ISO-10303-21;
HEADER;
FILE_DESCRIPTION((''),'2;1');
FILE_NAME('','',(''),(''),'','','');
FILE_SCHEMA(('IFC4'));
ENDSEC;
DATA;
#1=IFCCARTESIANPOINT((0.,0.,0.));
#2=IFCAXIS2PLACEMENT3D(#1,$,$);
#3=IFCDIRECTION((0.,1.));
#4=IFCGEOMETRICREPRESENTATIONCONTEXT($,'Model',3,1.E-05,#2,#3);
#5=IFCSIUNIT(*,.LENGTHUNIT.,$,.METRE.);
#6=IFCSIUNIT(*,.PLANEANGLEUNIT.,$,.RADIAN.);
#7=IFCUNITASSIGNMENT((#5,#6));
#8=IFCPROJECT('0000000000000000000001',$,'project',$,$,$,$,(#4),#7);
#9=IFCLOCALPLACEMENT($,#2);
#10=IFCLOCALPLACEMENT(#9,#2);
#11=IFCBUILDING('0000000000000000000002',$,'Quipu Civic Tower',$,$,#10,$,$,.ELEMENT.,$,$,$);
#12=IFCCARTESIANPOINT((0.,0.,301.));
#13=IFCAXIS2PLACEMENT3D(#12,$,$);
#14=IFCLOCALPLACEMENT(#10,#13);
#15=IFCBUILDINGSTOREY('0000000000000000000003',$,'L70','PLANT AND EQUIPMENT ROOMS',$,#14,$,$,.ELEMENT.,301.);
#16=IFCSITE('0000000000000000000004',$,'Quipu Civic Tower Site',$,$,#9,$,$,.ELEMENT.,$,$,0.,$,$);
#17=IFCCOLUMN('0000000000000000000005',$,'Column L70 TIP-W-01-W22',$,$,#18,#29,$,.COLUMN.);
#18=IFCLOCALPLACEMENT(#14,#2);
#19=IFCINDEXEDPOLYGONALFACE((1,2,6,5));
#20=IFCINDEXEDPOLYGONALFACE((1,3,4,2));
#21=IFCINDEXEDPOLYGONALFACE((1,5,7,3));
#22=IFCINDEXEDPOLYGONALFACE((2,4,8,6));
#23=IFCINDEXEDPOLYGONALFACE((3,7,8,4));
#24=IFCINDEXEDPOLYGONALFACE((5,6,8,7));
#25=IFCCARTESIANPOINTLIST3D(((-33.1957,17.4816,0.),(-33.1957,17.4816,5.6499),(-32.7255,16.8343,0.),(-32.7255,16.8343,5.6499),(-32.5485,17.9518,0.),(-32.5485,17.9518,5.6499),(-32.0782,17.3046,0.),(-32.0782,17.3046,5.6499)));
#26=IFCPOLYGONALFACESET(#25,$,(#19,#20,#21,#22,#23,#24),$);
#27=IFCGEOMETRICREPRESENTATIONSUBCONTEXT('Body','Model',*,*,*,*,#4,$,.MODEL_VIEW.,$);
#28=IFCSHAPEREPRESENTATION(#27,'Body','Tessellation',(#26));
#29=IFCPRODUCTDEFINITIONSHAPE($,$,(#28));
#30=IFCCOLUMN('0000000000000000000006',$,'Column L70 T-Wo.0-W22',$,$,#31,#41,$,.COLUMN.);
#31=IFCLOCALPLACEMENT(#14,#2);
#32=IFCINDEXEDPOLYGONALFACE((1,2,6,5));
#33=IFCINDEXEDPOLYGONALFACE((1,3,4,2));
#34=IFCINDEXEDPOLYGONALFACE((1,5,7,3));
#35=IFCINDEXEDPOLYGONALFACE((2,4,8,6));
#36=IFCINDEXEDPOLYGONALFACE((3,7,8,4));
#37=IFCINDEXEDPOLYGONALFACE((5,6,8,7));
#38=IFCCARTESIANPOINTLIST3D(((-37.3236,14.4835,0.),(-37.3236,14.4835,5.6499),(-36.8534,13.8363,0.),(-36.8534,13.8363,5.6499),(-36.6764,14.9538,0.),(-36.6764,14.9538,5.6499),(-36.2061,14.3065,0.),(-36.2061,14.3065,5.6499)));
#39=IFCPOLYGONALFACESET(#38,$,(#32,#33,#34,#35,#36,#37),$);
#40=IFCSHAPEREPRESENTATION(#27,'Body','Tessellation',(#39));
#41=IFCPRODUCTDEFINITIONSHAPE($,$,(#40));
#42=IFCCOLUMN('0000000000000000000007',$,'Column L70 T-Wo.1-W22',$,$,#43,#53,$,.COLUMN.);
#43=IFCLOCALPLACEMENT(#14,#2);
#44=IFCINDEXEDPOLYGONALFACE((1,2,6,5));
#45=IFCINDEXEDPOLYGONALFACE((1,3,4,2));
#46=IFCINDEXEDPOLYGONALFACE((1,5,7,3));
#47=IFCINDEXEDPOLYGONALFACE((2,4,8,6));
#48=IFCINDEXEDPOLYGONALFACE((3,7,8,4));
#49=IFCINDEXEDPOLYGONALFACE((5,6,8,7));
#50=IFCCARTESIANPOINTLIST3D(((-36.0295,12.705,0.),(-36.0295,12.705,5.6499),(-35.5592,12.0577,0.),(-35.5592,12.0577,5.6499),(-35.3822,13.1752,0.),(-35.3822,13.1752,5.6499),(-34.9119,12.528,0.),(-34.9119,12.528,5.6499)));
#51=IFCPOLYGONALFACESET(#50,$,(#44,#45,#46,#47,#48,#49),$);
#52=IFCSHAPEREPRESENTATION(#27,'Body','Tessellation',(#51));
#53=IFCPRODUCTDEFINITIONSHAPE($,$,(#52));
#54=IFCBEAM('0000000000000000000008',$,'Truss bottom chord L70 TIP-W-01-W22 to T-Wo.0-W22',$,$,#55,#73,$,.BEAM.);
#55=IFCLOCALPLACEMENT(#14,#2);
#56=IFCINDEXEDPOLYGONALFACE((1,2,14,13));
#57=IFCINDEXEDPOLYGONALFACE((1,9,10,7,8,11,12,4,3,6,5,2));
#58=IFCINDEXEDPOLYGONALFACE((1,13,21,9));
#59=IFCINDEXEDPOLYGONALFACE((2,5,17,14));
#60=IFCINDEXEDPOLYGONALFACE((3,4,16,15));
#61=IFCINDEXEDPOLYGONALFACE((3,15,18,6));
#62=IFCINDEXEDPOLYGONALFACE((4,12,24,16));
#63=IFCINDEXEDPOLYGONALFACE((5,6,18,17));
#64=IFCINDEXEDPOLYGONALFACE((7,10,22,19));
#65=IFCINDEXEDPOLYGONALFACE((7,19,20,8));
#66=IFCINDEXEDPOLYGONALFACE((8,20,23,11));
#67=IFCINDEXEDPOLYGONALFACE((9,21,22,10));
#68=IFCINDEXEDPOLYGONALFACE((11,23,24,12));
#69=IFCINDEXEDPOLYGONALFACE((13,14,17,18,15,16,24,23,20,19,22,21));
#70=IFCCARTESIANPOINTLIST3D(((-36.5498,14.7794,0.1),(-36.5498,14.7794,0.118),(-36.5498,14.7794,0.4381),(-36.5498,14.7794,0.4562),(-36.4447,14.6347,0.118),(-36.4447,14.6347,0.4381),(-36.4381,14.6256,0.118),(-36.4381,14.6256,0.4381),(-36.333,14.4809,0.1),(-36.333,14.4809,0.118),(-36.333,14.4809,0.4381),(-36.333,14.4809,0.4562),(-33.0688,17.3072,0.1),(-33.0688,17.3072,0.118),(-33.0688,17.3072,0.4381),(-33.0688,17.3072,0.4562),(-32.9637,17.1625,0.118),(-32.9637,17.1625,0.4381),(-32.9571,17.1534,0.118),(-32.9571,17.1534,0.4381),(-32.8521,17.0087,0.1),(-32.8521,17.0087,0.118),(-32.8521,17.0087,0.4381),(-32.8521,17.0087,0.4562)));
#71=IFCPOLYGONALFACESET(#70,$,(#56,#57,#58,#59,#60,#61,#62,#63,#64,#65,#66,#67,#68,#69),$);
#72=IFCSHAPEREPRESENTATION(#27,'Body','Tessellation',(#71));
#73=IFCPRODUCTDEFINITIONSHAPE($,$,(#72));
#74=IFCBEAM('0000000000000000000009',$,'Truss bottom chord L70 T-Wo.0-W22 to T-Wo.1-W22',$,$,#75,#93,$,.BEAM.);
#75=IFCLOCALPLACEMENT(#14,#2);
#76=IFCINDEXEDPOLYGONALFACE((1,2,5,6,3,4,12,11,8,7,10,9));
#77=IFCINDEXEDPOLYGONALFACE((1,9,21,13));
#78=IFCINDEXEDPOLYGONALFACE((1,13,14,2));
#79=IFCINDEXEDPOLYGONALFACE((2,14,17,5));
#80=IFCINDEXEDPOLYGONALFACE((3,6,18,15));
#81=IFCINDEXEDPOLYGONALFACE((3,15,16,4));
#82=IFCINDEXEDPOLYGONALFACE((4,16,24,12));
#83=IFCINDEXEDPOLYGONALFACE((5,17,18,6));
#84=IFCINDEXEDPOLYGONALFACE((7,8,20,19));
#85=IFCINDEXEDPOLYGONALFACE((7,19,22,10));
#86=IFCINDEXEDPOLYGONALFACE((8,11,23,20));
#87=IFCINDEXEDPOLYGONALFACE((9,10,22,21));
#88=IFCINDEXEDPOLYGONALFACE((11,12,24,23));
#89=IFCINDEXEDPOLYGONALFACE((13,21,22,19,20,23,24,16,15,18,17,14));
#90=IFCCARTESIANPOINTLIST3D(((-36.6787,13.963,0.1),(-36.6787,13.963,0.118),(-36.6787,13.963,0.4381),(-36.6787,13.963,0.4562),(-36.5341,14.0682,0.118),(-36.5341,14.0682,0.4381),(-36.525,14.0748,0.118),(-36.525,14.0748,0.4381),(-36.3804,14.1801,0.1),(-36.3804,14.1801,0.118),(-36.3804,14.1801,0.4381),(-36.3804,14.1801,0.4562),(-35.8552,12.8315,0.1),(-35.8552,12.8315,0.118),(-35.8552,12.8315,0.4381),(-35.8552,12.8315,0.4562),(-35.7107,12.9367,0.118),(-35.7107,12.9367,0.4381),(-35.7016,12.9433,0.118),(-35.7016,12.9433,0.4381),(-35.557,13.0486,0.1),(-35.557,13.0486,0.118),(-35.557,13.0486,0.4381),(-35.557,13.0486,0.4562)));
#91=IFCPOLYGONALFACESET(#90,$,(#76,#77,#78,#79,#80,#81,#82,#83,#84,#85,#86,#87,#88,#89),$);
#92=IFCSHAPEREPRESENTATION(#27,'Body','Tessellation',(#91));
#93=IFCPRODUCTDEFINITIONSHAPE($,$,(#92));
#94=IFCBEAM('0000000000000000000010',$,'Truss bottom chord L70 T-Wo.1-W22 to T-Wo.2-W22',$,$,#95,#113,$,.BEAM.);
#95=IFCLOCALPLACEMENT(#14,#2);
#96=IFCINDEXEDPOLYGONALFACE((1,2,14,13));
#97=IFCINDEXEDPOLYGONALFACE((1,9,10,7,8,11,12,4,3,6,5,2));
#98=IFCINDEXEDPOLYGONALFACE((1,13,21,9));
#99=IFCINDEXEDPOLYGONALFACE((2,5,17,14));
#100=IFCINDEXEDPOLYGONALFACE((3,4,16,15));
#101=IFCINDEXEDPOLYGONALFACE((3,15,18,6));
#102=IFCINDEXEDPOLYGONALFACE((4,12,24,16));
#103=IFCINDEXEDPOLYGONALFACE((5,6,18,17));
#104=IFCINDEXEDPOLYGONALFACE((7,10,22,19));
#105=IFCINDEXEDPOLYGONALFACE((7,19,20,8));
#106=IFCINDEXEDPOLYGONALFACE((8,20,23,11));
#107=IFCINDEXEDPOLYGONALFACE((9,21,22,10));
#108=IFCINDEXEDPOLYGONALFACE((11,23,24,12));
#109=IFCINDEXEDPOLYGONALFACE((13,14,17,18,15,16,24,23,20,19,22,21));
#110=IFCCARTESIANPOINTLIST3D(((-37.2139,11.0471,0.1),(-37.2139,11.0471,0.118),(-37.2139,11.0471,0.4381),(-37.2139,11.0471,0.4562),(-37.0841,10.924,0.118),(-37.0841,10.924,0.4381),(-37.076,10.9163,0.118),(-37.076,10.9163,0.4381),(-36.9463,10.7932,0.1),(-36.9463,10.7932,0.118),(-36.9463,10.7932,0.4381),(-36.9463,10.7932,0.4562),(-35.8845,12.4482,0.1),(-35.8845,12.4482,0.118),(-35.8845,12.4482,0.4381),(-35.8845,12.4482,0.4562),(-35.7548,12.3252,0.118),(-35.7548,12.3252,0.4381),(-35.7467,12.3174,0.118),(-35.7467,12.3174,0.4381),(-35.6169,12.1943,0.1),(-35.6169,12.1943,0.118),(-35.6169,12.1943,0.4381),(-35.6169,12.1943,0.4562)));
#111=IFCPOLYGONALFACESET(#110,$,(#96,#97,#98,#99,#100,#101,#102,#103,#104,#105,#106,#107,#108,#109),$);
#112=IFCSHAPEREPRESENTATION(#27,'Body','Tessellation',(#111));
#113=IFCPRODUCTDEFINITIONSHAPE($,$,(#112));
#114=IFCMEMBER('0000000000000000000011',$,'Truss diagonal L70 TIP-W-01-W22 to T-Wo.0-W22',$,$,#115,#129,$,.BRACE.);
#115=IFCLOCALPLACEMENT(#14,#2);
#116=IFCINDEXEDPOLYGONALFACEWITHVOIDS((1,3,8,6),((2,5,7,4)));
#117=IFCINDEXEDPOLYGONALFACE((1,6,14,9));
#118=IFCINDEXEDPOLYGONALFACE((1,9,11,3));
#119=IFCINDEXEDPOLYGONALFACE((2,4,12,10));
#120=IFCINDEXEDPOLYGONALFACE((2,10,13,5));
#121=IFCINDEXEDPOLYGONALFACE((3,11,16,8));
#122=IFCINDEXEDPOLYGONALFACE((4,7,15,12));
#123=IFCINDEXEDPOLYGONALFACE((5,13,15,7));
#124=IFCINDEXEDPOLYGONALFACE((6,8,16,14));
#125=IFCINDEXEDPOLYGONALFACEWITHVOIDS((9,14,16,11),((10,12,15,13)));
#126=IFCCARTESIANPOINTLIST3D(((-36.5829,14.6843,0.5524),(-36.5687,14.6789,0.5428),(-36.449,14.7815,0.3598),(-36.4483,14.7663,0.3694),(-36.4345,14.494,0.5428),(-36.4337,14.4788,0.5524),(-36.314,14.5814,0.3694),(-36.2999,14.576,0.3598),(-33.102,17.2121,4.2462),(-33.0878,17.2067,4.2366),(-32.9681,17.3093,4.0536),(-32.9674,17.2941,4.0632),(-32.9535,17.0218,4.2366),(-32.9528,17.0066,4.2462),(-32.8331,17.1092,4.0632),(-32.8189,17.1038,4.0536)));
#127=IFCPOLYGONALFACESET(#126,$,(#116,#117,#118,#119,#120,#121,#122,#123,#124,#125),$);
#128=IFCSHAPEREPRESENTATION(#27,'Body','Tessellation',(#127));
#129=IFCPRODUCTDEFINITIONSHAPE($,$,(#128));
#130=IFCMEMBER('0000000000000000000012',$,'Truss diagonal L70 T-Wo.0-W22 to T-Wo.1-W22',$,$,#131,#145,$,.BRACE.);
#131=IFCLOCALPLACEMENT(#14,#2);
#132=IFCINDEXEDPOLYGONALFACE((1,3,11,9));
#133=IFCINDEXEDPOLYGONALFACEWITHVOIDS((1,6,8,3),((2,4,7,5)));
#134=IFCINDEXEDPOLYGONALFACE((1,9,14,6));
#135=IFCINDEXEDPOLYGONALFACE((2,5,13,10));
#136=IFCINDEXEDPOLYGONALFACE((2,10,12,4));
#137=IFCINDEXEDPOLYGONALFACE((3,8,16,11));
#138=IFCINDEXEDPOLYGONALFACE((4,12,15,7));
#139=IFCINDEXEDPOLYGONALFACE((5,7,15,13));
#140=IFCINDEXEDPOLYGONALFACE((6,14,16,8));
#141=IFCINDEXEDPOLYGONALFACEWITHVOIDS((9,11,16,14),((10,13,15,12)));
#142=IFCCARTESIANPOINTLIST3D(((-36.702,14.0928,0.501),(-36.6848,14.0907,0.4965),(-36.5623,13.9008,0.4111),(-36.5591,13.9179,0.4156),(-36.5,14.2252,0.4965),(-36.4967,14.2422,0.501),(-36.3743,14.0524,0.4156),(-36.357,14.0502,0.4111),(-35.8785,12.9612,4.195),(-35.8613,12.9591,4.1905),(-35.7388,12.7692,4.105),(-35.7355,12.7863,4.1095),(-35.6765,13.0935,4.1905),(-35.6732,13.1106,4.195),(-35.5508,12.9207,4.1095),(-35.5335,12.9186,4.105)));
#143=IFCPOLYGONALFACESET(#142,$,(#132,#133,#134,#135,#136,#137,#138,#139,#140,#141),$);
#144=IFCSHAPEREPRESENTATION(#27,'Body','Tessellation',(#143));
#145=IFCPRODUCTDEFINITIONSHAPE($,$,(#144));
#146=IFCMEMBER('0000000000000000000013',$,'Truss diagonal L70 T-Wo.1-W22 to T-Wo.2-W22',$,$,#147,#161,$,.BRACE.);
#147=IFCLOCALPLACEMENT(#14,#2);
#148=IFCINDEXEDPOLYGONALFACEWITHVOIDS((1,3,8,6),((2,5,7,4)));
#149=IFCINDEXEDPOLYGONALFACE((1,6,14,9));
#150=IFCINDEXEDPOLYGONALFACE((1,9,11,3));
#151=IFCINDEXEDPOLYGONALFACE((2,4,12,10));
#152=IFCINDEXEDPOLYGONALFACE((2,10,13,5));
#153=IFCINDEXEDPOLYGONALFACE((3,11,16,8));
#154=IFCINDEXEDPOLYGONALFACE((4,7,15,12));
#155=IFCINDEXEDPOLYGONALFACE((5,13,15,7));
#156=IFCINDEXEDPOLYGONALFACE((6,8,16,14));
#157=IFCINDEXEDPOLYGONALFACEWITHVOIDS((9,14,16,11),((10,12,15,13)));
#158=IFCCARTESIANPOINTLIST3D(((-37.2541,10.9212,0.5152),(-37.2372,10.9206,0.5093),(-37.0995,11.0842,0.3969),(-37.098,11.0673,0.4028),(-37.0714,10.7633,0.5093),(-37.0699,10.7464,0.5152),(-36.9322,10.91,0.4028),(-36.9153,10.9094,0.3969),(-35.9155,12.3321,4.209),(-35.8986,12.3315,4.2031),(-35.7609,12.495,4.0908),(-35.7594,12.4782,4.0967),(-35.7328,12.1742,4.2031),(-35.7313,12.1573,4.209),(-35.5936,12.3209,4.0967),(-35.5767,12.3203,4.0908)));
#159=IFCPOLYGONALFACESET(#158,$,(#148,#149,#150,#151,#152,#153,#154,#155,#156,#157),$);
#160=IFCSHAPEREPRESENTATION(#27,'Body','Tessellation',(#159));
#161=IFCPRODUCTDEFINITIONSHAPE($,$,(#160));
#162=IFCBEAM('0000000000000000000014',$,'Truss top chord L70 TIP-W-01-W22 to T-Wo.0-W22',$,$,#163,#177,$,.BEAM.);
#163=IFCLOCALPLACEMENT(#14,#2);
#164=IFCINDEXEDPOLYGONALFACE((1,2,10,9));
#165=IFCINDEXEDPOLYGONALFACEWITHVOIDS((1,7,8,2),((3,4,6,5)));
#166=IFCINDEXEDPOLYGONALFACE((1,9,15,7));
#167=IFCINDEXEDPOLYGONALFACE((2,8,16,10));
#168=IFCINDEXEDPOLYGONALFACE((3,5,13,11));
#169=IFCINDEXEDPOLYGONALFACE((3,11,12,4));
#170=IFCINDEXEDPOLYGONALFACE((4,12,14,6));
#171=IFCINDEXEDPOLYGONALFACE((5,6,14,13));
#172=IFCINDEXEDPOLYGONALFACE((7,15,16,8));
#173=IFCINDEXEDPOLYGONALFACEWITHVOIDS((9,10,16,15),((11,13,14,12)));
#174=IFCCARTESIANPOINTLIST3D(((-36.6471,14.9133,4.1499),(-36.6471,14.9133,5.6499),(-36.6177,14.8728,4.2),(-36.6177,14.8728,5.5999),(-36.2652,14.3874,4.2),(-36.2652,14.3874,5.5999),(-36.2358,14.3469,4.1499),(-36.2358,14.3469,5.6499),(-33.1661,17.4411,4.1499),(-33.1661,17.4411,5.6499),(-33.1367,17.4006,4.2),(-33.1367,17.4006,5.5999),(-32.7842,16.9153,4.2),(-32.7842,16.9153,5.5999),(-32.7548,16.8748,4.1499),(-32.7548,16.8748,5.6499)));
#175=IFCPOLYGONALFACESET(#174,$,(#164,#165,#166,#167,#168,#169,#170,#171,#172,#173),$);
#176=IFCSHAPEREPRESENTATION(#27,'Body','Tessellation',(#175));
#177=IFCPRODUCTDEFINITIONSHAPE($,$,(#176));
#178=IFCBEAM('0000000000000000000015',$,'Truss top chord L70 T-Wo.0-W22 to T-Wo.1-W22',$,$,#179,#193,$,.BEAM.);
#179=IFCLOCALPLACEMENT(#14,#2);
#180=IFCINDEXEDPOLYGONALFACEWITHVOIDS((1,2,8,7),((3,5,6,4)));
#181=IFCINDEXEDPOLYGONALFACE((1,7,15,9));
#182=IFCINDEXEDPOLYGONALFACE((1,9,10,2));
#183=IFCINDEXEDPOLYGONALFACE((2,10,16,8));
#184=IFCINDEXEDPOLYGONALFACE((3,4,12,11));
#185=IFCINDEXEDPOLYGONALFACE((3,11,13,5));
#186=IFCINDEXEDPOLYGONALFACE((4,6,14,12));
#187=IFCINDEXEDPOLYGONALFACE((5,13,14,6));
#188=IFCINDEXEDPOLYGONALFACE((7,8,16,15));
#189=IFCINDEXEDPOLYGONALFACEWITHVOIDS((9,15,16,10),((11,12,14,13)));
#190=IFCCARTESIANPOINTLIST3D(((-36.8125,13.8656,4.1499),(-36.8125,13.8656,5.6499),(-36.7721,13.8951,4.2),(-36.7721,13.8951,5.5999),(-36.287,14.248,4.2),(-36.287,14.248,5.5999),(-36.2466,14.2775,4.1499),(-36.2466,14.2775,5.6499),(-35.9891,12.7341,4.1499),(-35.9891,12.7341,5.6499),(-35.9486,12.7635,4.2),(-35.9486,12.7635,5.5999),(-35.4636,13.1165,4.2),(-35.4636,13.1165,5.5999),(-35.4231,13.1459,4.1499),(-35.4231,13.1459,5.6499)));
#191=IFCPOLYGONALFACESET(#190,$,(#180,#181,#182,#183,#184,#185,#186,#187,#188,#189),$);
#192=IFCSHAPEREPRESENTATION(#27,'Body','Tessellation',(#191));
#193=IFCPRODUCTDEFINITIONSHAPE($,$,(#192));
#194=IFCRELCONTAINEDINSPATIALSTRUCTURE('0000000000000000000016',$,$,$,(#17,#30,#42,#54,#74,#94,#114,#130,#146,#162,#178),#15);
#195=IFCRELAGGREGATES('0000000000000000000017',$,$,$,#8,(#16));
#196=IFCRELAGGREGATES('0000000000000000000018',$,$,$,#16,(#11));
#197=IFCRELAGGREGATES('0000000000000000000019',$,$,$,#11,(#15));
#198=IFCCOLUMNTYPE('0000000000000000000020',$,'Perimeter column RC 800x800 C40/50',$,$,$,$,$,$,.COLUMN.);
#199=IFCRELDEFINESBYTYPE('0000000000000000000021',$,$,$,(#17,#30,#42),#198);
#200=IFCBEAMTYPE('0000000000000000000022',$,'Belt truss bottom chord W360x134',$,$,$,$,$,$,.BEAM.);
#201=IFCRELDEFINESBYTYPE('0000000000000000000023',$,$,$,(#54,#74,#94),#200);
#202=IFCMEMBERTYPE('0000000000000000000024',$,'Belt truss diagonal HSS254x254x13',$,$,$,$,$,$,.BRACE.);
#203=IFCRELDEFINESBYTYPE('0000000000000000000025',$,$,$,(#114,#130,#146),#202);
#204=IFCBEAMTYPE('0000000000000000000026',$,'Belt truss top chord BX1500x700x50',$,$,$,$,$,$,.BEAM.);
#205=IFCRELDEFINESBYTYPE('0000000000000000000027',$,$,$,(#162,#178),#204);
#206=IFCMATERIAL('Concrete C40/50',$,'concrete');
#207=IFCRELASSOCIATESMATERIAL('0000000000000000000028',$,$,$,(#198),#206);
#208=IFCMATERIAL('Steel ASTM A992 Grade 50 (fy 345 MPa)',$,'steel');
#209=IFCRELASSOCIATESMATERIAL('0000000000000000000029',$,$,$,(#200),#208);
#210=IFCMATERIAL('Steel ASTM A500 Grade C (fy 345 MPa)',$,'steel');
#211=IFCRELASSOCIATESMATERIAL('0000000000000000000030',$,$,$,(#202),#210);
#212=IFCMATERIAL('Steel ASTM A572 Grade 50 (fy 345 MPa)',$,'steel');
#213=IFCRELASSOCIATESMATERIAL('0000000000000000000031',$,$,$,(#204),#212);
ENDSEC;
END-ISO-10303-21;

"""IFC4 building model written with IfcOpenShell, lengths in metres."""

from ifc_helpers import new_model, si_unit, direction, frame, origin, origin_2d, place, context, subcontext, project, spatial, rectangle, hollow_rectangle, i_section, extrude, material, material_profile, profile_set, type_object, element, save


model = new_model("IFC4")

# Units and contexts
model_context = context("Model", 3, precision=1e-05, world=origin(), true_north=direction((0.0, 1.0)))
body_context = subcontext(model_context, "Body", "Model", "MODEL_VIEW")
ifc_project = project(units=[si_unit("LENGTHUNIT", "METRE"), si_unit("PLANEANGLEUNIT", "RADIAN")], contexts=[model_context])

# Site, building, storey
site_placement = place(None, origin())
site = spatial("IfcSite", under=ifc_project, at=site_placement, Name="Quipu Civic Tower Site", CompositionType="ELEMENT", RefElevation=0.0)
building_placement = place(site_placement, origin())
building = spatial("IfcBuilding", under=site, at=building_placement, Name="Quipu Civic Tower", CompositionType="ELEMENT")
storey_placement = place(building_placement, frame((0.0, 0.0, 301.0)))
storey = spatial("IfcBuildingStorey", under=building, at=storey_placement, Name="L70", Description="PLANT AND EQUIPMENT ROOMS", CompositionType="ELEMENT", Elevation=301.0)

# Columns
ifc_material_1 = material(Name="Concrete C40/50", Category="concrete")
ifc_material_profile_1 = material_profile(ifc_material_1, rectangle(XDim=0.8, YDim=0.8, at=origin_2d()), Name="RC800x800")
ifc_profile_set_1 = profile_set([ifc_material_profile_1], Name="Concrete C40/50")
column_type = type_object("IfcColumnType", Name="Perimeter column RC 800x800 C40/50", PredefinedType="COLUMN", material=ifc_profile_set_1)
for number, where, z_axis, x_axis, name in (
    (1, (-32.637, 17.3931, 0.0), (0.0, 0.0, 1.0), (-0.809017, -0.587785, 0.0), "Column L70 TIP-W-01-W22"),
    (2, (-36.7649, 14.395, 0.0), (0.0, 0.0, 1.0), (0.587785, -0.809017, 0.0), "Column L70 T-Wo.0-W22"),
    (3, (-35.4707, 12.6165, 0.0), (0.0, 0.0, 1.0), (-0.809017, -0.587785, 0.0), "Column L70 T-Wo.1-W22"),
):
    element("IfcColumn", number, at=place(storey_placement, frame(where, z_axis=z_axis, x_axis=x_axis)), inside=storey, type_object=column_type, Name=name, PredefinedType="COLUMN", context=body_context, shape_type="SweptSolid", body=[
        extrude(rectangle(XDim=0.8, YDim=0.8, at=origin_2d()), origin(), (0.0, 0.0, 1.0), 5.6499),
    ])

# Beams
ifc_material_2 = material(Name="Steel ASTM A992 Grade 50 (fy 345 MPa)", Category="steel")
ifc_material_profile_2 = material_profile(ifc_material_2, i_section(OverallWidth=0.3689, OverallDepth=0.3562, WebThickness=0.0112, FlangeThickness=0.0181, at=origin_2d()), Name="W360x134")
ifc_profile_set_2 = profile_set([ifc_material_profile_2], Name="Steel ASTM A992 Grade 50 (fy 345 MPa)")
beam_type_1 = type_object("IfcBeamType", Name="Belt truss bottom chord W360x134", PredefinedType="BEAM", material=ifc_profile_set_2)
beam_1_placement = place(storey_placement, frame((-32.9604, 17.158, 0.2781), z_axis=(-0.809153, -0.587598, 0.0), x_axis=(0.587598, -0.809153, 0.0)))
element("IfcBeam", 4, at=beam_1_placement, inside=storey, type_object=beam_type_1, Name="Truss bottom chord L70 TIP-W-01-W22 to T-Wo.0-W22", PredefinedType="BEAM", context=body_context, shape_type="SweptSolid", body=[
    extrude(i_section(OverallWidth=0.3689, OverallDepth=0.3562, WebThickness=0.0112, FlangeThickness=0.0181, at=origin_2d()), origin(), (0.0, 0.0, 1.0), 4.302),
])
beam_2_placement = place(storey_placement, frame((-36.5295, 14.0715, 0.2781), z_axis=(0.58841, -0.808563, 0.0), x_axis=(0.808563, 0.58841, 0.0)))
element("IfcBeam", 5, at=beam_2_placement, inside=storey, type_object=beam_type_1, Name="Truss bottom chord L70 T-Wo.0-W22 to T-Wo.1-W22", PredefinedType="BEAM", context=body_context, shape_type="SweptSolid", body=[
    extrude(i_section(OverallWidth=0.3689, OverallDepth=0.3562, WebThickness=0.0112, FlangeThickness=0.0181, at=origin_2d()), origin(), (0.0, 0.0, 1.0), 1.3994),
])
beam_3_placement = place(storey_placement, frame((-35.7507, 12.3213, 0.2781), z_axis=(-0.688281, -0.725444, 0.0), x_axis=(0.725444, -0.688281, 0.0)))
element("IfcBeam", 6, at=beam_3_placement, inside=storey, type_object=beam_type_1, Name="Truss bottom chord L70 T-Wo.1-W22 to T-Wo.2-W22", PredefinedType="BEAM", context=body_context, shape_type="SweptSolid", body=[
    extrude(i_section(OverallWidth=0.3689, OverallDepth=0.3562, WebThickness=0.0112, FlangeThickness=0.0181, at=origin_2d()), origin(), (0.0, 0.0, 1.0), 1.9314),
])

# Members
ifc_material_3 = material(Name="Steel ASTM A500 Grade C (fy 345 MPa)", Category="steel")
ifc_material_profile_3 = material_profile(ifc_material_3, hollow_rectangle(XDim=0.2539, YDim=0.2539, WallThickness=0.0127, at=origin_2d()), Name="HSS254x254x13")
ifc_profile_set_3 = profile_set([ifc_material_profile_3], Name="Steel ASTM A500 Grade C (fy 345 MPa)")
member_type = type_object("IfcMemberType", Name="Belt truss diagonal HSS254x254x13", PredefinedType="BRACE", material=ifc_profile_set_3)
member_1_placement = place(storey_placement, frame((-32.9604, 17.158, 4.1499), z_axis=(-0.613901, -0.445808, -0.651446), x_axis=(0.587598, -0.809153, 0.0)))
element("IfcMember", 7, at=member_1_placement, inside=storey, type_object=member_type, Name="Truss diagonal L70 TIP-W-01-W22 to T-Wo.0-W22", PredefinedType="BRACE", context=body_context, shape_type="SweptSolid", body=[
    extrude(hollow_rectangle(XDim=0.2539, YDim=0.2539, WallThickness=0.0127, at=origin_2d()), origin(), (0.0, 0.0, 1.0), 5.6702),
])
member_2_placement = place(storey_placement, frame((-36.5295, 14.0715, 0.4561), z_axis=(0.208473, -0.286473, 0.935132), x_axis=(0.808563, 0.58841, 0.0)))
element("IfcMember", 8, at=member_2_placement, inside=storey, type_object=member_type, Name="Truss diagonal L70 T-Wo.0-W22 to T-Wo.1-W22", PredefinedType="BRACE", context=body_context, shape_type="SweptSolid", body=[
    extrude(hollow_rectangle(XDim=0.2539, YDim=0.2539, WallThickness=0.0127, at=origin_2d()), origin(), (0.0, 0.0, 1.0), 3.9502),
])
member_3_placement = place(storey_placement, frame((-35.7461, 12.3262, 4.1499), z_axis=(-0.320661, -0.337972, -0.884845), x_axis=(0.725441, -0.688284, 0.0)))
element("IfcMember", 9, at=member_3_placement, inside=storey, type_object=member_type, Name="Truss diagonal L70 T-Wo.1-W22 to T-Wo.2-W22", PredefinedType="BRACE", context=body_context, shape_type="SweptSolid", body=[
    extrude(hollow_rectangle(XDim=0.2539, YDim=0.2539, WallThickness=0.0127, at=origin_2d()), origin(), (0.0, 0.0, 1.0), 4.1746),
])

# Beams
ifc_material_4 = material(Name="Steel ASTM A572 Grade 50 (fy 345 MPa)", Category="steel")
ifc_material_profile_4 = material_profile(ifc_material_4, hollow_rectangle(XDim=0.7, YDim=1.5, WallThickness=0.05, at=origin_2d()), Name="BX1500x700x50")
ifc_profile_set_4 = profile_set([ifc_material_profile_4], Name="Steel ASTM A572 Grade 50 (fy 345 MPa)")
beam_type_2 = type_object("IfcBeamType", Name="Belt truss top chord BX1500x700x50", PredefinedType="BEAM", material=ifc_profile_set_4)
beam_4_placement = place(storey_placement, frame((-32.9604, 17.158, 4.8999), z_axis=(-0.809153, -0.587598, 0.0), x_axis=(0.587598, -0.809153, 0.0)))
element("IfcBeam", 10, at=beam_4_placement, inside=storey, type_object=beam_type_2, Name="Truss top chord L70 TIP-W-01-W22 to T-Wo.0-W22", PredefinedType="BEAM", context=body_context, shape_type="SweptSolid", body=[
    extrude(hollow_rectangle(XDim=0.7, YDim=1.5, WallThickness=0.05, at=origin_2d()), origin(), (0.0, 0.0, 1.0), 4.302),
])
beam_5_placement = place(storey_placement, frame((-36.5295, 14.0715, 4.8999), z_axis=(0.58841, -0.808563, 0.0), x_axis=(0.808563, 0.58841, 0.0)))
element("IfcBeam", 11, at=beam_5_placement, inside=storey, type_object=beam_type_2, Name="Truss top chord L70 T-Wo.0-W22 to T-Wo.1-W22", PredefinedType="BEAM", context=body_context, shape_type="SweptSolid", body=[
    extrude(hollow_rectangle(XDim=0.7, YDim=1.5, WallThickness=0.05, at=origin_2d()), origin(), (0.0, 0.0, 1.0), 1.3994),
])

save(model, "model.ifc")
